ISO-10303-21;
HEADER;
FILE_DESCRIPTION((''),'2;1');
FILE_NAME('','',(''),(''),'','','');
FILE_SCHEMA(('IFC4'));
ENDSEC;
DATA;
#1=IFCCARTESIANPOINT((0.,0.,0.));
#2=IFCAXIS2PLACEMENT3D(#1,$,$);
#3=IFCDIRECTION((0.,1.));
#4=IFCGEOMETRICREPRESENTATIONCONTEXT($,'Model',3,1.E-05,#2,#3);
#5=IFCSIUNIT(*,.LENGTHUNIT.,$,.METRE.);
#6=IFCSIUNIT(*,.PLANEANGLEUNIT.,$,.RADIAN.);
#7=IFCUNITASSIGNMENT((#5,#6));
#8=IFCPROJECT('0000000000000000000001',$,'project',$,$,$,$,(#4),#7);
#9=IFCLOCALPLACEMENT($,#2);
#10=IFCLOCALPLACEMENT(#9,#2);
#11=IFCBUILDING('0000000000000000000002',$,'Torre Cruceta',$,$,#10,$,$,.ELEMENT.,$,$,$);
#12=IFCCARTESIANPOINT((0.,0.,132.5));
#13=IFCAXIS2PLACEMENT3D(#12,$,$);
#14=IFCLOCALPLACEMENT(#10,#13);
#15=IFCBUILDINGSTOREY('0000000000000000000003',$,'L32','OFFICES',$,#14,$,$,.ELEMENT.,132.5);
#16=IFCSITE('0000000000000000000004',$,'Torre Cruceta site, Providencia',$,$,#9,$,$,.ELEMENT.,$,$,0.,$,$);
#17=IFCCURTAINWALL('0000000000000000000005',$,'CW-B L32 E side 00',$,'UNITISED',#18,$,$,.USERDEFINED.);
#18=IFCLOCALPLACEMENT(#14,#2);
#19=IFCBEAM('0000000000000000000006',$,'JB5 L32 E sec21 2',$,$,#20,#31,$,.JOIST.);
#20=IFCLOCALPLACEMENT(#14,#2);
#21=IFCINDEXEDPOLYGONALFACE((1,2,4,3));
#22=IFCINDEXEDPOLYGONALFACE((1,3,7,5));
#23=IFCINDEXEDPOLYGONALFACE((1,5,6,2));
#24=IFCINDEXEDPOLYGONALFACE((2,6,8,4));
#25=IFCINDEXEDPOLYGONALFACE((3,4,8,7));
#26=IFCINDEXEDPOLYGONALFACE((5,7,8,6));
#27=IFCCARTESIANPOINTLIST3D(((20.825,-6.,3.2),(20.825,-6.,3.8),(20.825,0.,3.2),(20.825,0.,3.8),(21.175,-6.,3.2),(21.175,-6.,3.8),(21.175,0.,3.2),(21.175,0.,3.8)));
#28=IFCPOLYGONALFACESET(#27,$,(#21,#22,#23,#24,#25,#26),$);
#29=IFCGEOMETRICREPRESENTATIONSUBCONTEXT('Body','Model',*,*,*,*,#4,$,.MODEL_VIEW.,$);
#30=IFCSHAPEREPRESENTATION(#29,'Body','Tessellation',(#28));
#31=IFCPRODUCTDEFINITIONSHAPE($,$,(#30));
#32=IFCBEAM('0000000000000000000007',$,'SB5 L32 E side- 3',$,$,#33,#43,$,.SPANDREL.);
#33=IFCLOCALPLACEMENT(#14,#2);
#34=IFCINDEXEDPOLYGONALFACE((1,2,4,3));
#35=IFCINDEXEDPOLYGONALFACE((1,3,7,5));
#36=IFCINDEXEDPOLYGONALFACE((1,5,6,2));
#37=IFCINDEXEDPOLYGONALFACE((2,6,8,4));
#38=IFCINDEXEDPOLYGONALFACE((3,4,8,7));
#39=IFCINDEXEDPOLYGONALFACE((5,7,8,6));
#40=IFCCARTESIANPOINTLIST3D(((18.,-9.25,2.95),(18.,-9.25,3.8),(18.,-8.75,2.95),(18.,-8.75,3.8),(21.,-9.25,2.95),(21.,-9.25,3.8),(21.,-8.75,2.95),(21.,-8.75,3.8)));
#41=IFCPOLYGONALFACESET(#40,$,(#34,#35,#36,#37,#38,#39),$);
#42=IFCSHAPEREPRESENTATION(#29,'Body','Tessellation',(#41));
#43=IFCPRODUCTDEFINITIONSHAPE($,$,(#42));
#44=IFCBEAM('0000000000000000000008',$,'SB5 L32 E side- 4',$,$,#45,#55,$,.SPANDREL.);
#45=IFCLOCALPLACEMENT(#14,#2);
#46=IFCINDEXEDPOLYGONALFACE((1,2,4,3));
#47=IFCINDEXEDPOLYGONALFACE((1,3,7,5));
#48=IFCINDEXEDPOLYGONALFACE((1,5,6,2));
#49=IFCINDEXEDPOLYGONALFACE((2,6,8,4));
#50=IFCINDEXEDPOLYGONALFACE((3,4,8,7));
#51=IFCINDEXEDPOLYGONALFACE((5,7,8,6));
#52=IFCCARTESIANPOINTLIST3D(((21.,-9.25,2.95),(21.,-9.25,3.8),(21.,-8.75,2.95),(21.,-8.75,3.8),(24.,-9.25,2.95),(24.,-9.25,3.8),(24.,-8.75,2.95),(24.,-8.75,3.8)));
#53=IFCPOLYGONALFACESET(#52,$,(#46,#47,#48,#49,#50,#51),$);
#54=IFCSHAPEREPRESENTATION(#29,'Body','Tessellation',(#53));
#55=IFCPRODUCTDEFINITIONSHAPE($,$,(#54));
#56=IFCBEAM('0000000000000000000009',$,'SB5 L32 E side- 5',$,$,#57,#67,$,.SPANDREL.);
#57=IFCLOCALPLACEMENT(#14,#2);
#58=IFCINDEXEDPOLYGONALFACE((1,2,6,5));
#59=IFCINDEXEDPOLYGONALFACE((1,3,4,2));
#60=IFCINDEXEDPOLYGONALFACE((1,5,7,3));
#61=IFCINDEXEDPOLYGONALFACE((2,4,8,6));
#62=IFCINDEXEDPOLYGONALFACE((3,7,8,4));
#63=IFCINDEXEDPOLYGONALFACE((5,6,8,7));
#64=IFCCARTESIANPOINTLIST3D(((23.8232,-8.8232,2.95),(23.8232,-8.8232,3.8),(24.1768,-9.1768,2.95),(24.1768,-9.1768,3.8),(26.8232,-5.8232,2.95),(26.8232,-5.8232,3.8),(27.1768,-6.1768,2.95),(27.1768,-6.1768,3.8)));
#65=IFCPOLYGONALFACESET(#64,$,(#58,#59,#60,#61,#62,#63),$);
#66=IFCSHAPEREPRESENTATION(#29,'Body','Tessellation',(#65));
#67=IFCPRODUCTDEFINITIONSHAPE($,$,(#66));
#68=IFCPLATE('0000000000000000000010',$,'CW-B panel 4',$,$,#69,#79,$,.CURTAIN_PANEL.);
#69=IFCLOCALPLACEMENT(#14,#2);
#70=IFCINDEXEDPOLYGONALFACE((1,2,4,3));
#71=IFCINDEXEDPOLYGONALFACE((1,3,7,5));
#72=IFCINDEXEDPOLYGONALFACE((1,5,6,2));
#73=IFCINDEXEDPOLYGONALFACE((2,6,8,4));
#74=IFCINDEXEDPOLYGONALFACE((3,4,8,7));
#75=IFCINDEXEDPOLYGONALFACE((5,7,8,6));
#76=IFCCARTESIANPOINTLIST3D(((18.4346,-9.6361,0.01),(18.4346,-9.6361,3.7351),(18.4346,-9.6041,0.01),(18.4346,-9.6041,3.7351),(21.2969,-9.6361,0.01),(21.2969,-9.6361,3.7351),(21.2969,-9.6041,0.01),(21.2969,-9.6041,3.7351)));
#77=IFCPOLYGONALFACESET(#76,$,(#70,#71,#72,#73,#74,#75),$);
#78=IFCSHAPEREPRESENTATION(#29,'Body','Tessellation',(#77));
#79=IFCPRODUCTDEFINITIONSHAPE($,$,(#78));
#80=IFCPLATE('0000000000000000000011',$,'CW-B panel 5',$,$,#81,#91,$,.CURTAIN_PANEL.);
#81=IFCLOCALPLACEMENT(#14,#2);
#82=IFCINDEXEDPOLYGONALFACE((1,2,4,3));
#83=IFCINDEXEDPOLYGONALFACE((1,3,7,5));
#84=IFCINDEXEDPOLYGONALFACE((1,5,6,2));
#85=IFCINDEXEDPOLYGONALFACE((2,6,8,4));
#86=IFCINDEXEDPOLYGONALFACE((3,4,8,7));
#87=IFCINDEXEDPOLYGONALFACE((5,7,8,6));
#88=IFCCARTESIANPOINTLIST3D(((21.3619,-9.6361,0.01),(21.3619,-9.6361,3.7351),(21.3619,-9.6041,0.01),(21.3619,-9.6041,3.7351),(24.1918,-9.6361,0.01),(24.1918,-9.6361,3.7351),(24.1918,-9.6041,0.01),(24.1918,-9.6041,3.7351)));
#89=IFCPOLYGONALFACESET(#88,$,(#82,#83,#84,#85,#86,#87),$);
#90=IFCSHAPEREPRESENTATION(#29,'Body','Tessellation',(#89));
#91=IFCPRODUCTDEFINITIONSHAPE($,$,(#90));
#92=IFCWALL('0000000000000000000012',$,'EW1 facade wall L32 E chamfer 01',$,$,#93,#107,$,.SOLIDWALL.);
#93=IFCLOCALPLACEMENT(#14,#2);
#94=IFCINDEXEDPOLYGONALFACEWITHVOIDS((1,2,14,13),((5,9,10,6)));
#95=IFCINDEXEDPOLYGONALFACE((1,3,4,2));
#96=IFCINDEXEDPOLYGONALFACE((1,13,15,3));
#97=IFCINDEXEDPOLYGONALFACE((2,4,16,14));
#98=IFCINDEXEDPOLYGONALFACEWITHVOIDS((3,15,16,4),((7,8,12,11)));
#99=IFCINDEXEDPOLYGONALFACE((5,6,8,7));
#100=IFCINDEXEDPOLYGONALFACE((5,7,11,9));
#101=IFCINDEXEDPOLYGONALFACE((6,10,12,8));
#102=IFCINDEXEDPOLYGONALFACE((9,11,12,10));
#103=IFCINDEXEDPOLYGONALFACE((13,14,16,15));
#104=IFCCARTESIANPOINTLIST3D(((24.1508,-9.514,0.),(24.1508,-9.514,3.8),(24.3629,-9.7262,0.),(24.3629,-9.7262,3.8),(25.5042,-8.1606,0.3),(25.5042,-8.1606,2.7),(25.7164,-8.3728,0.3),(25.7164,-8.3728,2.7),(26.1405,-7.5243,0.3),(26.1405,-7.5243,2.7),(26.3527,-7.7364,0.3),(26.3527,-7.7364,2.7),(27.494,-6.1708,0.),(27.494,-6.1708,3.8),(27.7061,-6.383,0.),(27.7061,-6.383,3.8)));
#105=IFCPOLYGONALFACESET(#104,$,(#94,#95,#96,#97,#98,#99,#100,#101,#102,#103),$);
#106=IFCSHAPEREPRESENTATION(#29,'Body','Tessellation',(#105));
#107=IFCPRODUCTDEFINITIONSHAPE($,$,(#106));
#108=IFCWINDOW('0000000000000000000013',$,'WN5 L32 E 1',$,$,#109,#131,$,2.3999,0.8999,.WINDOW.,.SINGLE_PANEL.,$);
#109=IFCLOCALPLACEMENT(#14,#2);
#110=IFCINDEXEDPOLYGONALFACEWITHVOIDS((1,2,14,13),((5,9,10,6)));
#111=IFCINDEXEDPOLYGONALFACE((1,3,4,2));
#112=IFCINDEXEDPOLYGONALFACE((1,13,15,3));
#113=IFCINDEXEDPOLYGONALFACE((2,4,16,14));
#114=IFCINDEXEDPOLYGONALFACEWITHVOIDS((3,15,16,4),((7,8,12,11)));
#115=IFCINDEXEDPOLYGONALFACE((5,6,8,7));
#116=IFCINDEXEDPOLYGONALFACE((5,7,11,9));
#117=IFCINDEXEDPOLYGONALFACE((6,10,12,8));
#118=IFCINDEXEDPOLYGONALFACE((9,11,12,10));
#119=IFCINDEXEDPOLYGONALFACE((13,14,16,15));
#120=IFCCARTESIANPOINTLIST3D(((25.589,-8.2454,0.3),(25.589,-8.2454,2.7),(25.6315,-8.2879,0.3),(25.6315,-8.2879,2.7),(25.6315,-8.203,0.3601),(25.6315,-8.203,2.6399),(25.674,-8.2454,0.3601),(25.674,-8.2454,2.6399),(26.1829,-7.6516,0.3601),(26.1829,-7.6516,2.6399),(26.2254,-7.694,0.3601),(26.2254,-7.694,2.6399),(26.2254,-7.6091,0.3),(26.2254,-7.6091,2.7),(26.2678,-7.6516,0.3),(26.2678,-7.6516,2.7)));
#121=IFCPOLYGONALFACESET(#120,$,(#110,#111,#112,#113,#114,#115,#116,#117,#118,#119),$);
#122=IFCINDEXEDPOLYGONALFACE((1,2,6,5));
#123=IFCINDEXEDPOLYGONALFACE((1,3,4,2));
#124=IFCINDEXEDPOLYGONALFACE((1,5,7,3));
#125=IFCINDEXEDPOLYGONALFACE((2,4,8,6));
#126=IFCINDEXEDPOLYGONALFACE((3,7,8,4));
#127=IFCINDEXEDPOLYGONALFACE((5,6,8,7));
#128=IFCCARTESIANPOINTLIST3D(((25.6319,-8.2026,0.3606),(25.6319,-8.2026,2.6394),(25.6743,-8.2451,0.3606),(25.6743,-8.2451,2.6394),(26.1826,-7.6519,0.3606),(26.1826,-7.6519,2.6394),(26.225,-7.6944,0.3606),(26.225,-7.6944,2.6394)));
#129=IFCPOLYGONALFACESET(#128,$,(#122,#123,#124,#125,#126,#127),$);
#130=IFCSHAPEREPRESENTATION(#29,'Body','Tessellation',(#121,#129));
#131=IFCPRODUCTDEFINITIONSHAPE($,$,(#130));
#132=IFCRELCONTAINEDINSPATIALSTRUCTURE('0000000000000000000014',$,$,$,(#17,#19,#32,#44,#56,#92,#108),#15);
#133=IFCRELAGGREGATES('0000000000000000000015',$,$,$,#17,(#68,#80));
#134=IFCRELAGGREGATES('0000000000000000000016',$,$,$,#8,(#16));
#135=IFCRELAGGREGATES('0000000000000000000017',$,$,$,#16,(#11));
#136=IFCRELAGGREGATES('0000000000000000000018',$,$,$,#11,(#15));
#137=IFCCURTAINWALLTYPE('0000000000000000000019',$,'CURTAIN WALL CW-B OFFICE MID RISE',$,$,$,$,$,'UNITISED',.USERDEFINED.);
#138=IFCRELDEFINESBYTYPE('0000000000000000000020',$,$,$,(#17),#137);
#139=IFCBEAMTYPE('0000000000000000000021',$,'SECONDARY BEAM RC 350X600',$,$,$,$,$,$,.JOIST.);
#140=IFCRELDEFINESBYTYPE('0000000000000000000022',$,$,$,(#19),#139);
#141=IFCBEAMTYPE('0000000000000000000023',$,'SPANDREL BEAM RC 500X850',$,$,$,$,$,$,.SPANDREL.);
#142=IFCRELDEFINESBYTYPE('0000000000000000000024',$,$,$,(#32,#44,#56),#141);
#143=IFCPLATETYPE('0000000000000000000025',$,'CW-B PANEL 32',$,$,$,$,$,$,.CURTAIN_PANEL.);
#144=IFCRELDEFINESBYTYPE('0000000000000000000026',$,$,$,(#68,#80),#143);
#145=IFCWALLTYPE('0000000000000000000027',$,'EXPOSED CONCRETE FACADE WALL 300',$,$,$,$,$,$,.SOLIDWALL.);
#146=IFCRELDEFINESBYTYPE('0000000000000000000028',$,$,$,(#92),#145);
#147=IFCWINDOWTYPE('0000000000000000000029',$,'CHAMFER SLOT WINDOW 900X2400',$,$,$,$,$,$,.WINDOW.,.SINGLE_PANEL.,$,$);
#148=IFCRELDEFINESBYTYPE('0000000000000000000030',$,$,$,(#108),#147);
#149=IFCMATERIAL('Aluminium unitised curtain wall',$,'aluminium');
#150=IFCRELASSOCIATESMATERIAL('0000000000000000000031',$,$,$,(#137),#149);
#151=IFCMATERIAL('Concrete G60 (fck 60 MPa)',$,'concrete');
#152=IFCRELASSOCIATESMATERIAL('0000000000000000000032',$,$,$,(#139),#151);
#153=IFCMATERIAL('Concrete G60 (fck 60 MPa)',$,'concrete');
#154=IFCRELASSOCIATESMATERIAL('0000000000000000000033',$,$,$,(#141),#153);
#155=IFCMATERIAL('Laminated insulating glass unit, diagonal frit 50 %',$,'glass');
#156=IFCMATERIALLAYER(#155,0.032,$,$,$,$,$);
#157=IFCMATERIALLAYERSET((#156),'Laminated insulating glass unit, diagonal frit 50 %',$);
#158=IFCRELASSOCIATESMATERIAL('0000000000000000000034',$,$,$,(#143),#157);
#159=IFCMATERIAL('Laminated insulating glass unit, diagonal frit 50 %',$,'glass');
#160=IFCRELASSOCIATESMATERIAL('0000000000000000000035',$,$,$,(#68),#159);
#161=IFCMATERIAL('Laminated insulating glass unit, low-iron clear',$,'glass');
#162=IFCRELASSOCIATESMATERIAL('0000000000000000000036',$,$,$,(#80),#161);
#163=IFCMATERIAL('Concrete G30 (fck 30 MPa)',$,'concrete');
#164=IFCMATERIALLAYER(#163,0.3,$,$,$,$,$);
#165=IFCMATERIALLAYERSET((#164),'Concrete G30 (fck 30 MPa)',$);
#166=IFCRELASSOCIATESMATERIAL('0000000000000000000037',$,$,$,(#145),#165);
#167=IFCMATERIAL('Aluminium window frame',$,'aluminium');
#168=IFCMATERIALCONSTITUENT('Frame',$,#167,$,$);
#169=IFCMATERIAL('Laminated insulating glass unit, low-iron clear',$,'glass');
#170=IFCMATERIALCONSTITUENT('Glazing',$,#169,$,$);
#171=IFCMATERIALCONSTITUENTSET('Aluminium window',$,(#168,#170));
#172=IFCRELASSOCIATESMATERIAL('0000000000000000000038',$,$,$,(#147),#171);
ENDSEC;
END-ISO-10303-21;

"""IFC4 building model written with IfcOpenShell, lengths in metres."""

from ifc_helpers import new_model, si_unit, direction, frame, frame_2d, origin, origin_2d, place, context, subcontext, project, spatial, rectangle, hollow_rectangle, extrude, material, layer, layer_set, constituent, constituent_set, material_profile, profile_set, type_object, element, fill, aggregate, save


model = new_model("IFC4")

# Units and contexts
model_context = context("Model", 3, precision=1e-05, world=origin(), true_north=direction((0.0, 1.0)))
body_context = subcontext(model_context, "Body", "Model", "MODEL_VIEW")
ifc_project = project(units=[si_unit("LENGTHUNIT", "METRE"), si_unit("PLANEANGLEUNIT", "RADIAN")], contexts=[model_context])

# Site, building, storey
site_placement = place(None, origin())
site = spatial("IfcSite", under=ifc_project, at=site_placement, Name="Torre Cruceta site, Providencia", CompositionType="ELEMENT", RefElevation=0.0)
building_placement = place(site_placement, origin())
building = spatial("IfcBuilding", under=site, at=building_placement, Name="Torre Cruceta", CompositionType="ELEMENT")
storey_placement = place(building_placement, frame((0.0, 0.0, 132.5)))
storey = spatial("IfcBuildingStorey", under=building, at=storey_placement, Name="L32", Description="OFFICES", CompositionType="ELEMENT", Elevation=132.5)

# Curtain wall
ifc_material_1 = material(Name="Aluminium unitised curtain wall", Category="aluminium")
curtain_wall_type = type_object("IfcCurtainWallType", Name="CURTAIN WALL CW-B OFFICE MID RISE", ElementType="UNITISED", PredefinedType="USERDEFINED", material=ifc_material_1)
curtain_wall_placement = place(storey_placement, origin())
curtain_wall = element("IfcCurtainWall", 1, at=curtain_wall_placement, inside=storey, type_object=curtain_wall_type, Name="CW-B L32 E side 00", ObjectType="UNITISED", PredefinedType="USERDEFINED")

# Beams
ifc_material_2 = material(Name="Concrete G60 (fck 60 MPa)", Category="concrete")
ifc_material_profile_1 = material_profile(ifc_material_2, rectangle(XDim=0.3501, YDim=0.6001, at=origin_2d()), Name="RC 350X600")
ifc_profile_set_1 = profile_set([ifc_material_profile_1], Name="Concrete G60 (fck 60 MPa)")
beam_type_1 = type_object("IfcBeamType", Name="SECONDARY BEAM RC 350X600", PredefinedType="JOIST", material=ifc_profile_set_1)
beam_1_placement = place(storey_placement, frame((21.0, -6.0, 3.5), z_axis=(0.0, 1.0, 0.0), x_axis=(-1.0, 0.0, 0.0)))
element("IfcBeam", 2, at=beam_1_placement, inside=storey, type_object=beam_type_1, Name="JB5 L32 E sec21 2", PredefinedType="JOIST", context=body_context, shape_type="SweptSolid", body=[
    extrude(rectangle(XDim=0.3501, YDim=0.6001, at=origin_2d()), origin(), (0.0, 0.0, 1.0), 6.0),
])
ifc_material_3 = material(Name="Concrete G60 (fck 60 MPa)", Category="concrete")
ifc_material_profile_2 = material_profile(ifc_material_3, rectangle(XDim=0.5, YDim=0.8501, at=origin_2d()), Name="RC 500X850")
ifc_profile_set_2 = profile_set([ifc_material_profile_2], Name="Concrete G60 (fck 60 MPa)")
beam_type_2 = type_object("IfcBeamType", Name="SPANDREL BEAM RC 500X850", PredefinedType="SPANDREL", material=ifc_profile_set_2)
for number, where, z_axis, x_axis, name in (
    (3, (18.0, -9.0, 3.375), (1.0, 0.0, 0.0), (0.0, 1.0, 0.0), "SB5 L32 E side- 3"),
    (4, (21.0, -9.0, 3.375), (1.0, 0.0, 0.0), (0.0, 1.0, 0.0), "SB5 L32 E side- 4"),
):
    element("IfcBeam", number, at=place(storey_placement, frame(where, z_axis=z_axis, x_axis=x_axis)), inside=storey, type_object=beam_type_2, Name=name, PredefinedType="SPANDREL", context=body_context, shape_type="SweptSolid", body=[
        extrude(rectangle(XDim=0.5, YDim=0.8501, at=origin_2d()), origin(), (0.0, 0.0, 1.0), 3.0),
    ])
beam_2_placement = place(storey_placement, frame((24.0, -9.0, 3.375), z_axis=(0.707107, 0.707107, 0.0), x_axis=(-0.707107, 0.707107, 0.0)))
element("IfcBeam", 5, at=beam_2_placement, inside=storey, type_object=beam_type_2, Name="SB5 L32 E side- 5", PredefinedType="SPANDREL", context=body_context, shape_type="SweptSolid", body=[
    extrude(rectangle(XDim=0.5, YDim=0.8501, at=origin_2d()), origin(), (0.0, 0.0, 1.0), 4.2427),
])

# Plates
ifc_material_4 = material(Name="Laminated insulating glass unit, diagonal frit 50 %", Category="glass")
ifc_material_5 = material(Name="Laminated insulating glass unit, diagonal frit 50 %", Category="glass")
ifc_layer_1 = layer(ifc_material_5, 0.032)
ifc_layer_set_1 = layer_set([ifc_layer_1], Name="Laminated insulating glass unit, diagonal frit 50 %")
plate_type = type_object("IfcPlateType", Name="CW-B PANEL 32", PredefinedType="CURTAIN_PANEL", material=ifc_layer_set_1)
plate_1_placement = place(storey_placement, frame((19.8657, -9.6201, 0.01), z_axis=(0.0, 0.0, 1.0), x_axis=(1.0, 0.0, 0.0)))
plate_1 = element("IfcPlate", 6, at=plate_1_placement, type_object=plate_type, material=ifc_material_4, Name="CW-B panel 4", PredefinedType="CURTAIN_PANEL", context=body_context, shape_type="SweptSolid", body=[
    extrude(rectangle(XDim=2.8623, YDim=0.032, at=origin_2d()), origin(), (0.0, 0.0, 1.0), 3.7251),
])
ifc_material_6 = material(Name="Laminated insulating glass unit, low-iron clear", Category="glass")
plate_2_placement = place(storey_placement, frame((22.7769, -9.6201, 0.01), z_axis=(0.0, 0.0, 1.0), x_axis=(1.0, 0.0, 0.0)))
plate_2 = element("IfcPlate", 7, at=plate_2_placement, type_object=plate_type, material=ifc_material_6, Name="CW-B panel 5", PredefinedType="CURTAIN_PANEL", context=body_context, shape_type="SweptSolid", body=[
    extrude(rectangle(XDim=2.8298, YDim=0.032, at=origin_2d()), origin(), (0.0, 0.0, 1.0), 3.7251),
])
aggregate(curtain_wall, [plate_1, plate_2])

# Wall, opening, window
ifc_material_7 = material(Name="Concrete G30 (fck 30 MPa)", Category="concrete")
ifc_layer_2 = layer(ifc_material_7, 0.3)
ifc_layer_set_2 = layer_set([ifc_layer_2], Name="Concrete G30 (fck 30 MPa)")
wall_type_1 = type_object("IfcWallType", Name="EXPOSED CONCRETE FACADE WALL 300", PredefinedType="SOLIDWALL", material=ifc_layer_set_2)
wall_1_placement = place(storey_placement, frame((24.2568, -9.6201, 0.0), z_axis=(0.0, 0.0, 1.0), x_axis=(0.707107, 0.707107, 0.0)))
wall_1 = element("IfcWall", 8, at=wall_1_placement, inside=storey, type_object=wall_type_1, Name="EW1 facade wall L32 E chamfer 01", PredefinedType="SOLIDWALL", context=body_context, shape_type="SweptSolid", body=[
    extrude(rectangle(XDim=4.728, YDim=0.3, at=frame_2d((2.364, 0.0))), origin(), (0.0, 0.0, 1.0), 3.8),
])
opening_1_placement = place(wall_1_placement, frame((1.9141, 0.0, 0.3)))
opening_1 = element("IfcOpeningElement", 9, at=opening_1_placement, cuts=wall_1, PredefinedType="OPENING", context=body_context, shape_type="SweptSolid", body=[
    extrude(rectangle(XDim=0.8999, YDim=2.3999, at=frame_2d((0.45, 1.2))), frame((0.0, 0.1599, 0.0), z_axis=(0.0, -1.0, 0.0), x_axis=(1.0, 0.0, 0.0)), (0.0, 0.0, 1.0), 0.3201),
])
ifc_material_8 = material(Name="Aluminium window frame", Category="aluminium")
ifc_constituent_1 = constituent(ifc_material_8, Name="Frame")
ifc_material_9 = material(Name="Laminated insulating glass unit, low-iron clear", Category="glass")
ifc_constituent_2 = constituent(ifc_material_9, Name="Glazing")
ifc_constituent_set_1 = constituent_set(constituents=[ifc_constituent_1, ifc_constituent_2], Name="Aluminium window")
window_type_1 = type_object("IfcWindowType", Name="CHAMFER SLOT WINDOW 900X2400", PartitioningType="SINGLE_PANEL", PredefinedType="WINDOW", material=ifc_constituent_set_1)
window_1_placement = place(opening_1_placement, origin())
window_1 = element("IfcWindow", 10, at=window_1_placement, inside=storey, type_object=window_type_1, Name="WN5 L32 E 1", OverallHeight=2.3999, OverallWidth=0.8999, PartitioningType="SINGLE_PANEL", PredefinedType="WINDOW", context=body_context, shape_type="SweptSolid", body=[
    extrude(hollow_rectangle(XDim=0.8999, YDim=2.3999, WallThickness=0.0601, at=frame_2d((0.45, 1.2))), frame((0.0, 0.03, 0.0), z_axis=(0.0, -1.0, 0.0), x_axis=(1.0, 0.0, 0.0)), (0.0, 0.0, 1.0), 0.0601),
    extrude(rectangle(XDim=0.7788, YDim=2.2788, at=frame_2d((0.45, 1.2))), frame((0.0, 0.03, 0.0), z_axis=(0.0, -1.0, 0.0), x_axis=(1.0, 0.0, 0.0)), (0.0, 0.0, 1.0), 0.0601),
])
fill(opening_1, window_1)

save(model, "model.ifc")
